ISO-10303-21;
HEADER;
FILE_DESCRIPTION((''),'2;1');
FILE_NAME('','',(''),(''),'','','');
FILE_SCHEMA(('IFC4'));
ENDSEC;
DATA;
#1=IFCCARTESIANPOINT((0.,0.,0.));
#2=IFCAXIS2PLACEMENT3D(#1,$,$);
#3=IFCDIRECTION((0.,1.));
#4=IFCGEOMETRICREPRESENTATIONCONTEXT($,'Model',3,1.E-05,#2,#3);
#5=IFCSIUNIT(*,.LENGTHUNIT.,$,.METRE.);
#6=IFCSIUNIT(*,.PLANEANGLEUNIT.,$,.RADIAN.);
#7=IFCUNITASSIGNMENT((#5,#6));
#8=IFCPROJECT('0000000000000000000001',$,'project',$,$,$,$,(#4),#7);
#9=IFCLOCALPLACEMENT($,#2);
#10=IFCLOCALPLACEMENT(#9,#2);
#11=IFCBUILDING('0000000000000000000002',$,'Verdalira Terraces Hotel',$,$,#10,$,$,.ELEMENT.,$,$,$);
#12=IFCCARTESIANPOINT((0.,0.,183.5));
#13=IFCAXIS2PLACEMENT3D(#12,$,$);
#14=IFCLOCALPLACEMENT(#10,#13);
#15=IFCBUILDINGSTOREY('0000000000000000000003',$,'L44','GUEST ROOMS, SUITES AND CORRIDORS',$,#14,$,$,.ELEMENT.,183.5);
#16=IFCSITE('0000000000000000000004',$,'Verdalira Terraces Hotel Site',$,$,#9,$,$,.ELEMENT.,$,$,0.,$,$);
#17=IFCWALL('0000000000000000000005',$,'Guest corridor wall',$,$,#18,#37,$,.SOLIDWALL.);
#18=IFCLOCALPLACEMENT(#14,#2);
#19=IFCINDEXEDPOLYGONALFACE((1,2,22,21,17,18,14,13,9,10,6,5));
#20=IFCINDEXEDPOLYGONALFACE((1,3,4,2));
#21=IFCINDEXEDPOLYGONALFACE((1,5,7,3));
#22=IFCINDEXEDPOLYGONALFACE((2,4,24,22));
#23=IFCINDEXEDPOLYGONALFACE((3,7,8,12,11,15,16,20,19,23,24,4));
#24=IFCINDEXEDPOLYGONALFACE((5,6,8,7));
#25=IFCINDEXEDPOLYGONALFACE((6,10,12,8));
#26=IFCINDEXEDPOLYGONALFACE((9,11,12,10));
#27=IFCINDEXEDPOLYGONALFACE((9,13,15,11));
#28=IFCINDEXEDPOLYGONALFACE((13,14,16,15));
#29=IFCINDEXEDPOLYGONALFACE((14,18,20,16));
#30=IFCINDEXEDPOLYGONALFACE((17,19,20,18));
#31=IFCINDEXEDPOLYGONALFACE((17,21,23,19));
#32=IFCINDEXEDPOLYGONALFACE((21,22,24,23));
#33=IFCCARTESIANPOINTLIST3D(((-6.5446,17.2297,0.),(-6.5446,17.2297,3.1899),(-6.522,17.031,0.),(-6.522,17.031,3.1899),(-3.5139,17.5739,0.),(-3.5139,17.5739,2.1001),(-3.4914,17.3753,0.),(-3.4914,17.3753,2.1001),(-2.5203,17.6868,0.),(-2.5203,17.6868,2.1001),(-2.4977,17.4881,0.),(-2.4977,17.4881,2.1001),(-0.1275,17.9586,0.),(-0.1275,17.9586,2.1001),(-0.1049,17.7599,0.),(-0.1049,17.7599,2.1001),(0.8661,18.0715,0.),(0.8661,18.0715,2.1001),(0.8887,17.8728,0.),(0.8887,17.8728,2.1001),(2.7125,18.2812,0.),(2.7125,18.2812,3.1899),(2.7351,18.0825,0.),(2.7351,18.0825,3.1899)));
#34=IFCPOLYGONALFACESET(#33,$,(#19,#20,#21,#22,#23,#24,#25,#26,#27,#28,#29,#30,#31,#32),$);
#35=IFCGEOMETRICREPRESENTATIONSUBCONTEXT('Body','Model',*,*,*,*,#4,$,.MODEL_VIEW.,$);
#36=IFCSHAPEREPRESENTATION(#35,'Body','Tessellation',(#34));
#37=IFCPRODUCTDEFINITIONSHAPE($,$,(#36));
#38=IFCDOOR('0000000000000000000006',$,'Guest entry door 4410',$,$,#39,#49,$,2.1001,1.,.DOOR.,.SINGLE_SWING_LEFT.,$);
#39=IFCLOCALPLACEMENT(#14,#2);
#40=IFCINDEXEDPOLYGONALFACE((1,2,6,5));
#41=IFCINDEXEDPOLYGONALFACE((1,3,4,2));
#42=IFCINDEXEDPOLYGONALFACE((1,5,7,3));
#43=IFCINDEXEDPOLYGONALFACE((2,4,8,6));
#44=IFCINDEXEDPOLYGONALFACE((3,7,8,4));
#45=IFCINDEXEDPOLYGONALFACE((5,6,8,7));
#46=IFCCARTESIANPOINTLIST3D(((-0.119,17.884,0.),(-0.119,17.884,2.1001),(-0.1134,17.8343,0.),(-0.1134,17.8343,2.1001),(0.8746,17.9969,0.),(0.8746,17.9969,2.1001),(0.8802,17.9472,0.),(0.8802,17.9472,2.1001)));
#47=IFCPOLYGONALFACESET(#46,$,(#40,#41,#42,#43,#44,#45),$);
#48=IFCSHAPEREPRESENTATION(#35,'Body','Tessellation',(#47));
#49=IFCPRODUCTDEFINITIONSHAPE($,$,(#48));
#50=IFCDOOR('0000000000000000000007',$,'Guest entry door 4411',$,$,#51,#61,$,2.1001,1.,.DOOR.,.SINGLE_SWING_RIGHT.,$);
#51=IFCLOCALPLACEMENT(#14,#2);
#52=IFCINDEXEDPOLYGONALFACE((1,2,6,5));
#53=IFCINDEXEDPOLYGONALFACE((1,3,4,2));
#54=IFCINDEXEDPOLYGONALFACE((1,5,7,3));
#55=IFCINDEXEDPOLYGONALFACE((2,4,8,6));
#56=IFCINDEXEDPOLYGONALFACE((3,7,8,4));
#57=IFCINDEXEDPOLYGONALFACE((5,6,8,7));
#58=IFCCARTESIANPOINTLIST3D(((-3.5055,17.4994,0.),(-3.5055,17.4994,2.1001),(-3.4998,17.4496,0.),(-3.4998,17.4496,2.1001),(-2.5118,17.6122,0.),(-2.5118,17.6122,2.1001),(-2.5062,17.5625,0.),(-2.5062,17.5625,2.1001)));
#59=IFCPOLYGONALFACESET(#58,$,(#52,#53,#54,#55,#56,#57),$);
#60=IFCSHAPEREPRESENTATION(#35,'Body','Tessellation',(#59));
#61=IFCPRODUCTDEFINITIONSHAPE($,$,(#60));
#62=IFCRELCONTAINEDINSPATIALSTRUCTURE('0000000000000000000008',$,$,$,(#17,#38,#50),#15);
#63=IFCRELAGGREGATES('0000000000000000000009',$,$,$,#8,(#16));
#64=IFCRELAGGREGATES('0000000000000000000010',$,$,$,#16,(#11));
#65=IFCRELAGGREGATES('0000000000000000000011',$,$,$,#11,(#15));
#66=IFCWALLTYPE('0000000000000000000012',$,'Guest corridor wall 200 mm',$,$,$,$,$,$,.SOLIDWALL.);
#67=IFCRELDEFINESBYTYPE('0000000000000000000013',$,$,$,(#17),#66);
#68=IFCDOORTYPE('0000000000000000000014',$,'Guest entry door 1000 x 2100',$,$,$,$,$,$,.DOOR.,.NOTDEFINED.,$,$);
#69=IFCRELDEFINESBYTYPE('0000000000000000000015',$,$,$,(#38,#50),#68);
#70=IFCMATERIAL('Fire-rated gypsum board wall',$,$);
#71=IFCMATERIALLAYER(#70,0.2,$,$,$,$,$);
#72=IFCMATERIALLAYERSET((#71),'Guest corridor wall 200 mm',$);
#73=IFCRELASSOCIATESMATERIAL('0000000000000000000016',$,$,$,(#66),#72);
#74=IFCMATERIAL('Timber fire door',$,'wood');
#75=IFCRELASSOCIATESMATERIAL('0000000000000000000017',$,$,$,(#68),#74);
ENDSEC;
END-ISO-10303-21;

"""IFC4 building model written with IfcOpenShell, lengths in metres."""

from ifc_helpers import new_model, si_unit, direction, frame, frame_2d, origin, place, context, subcontext, project, spatial, rectangle, extrude, material, layer, layer_set, type_object, element, fill, save


model = new_model("IFC4")

# Units and contexts
model_context = context("Model", 3, precision=1e-05, world=origin(), true_north=direction((0.0, 1.0)))
body_context = subcontext(model_context, "Body", "Model", "MODEL_VIEW")
ifc_project = project(units=[si_unit("LENGTHUNIT", "METRE"), si_unit("PLANEANGLEUNIT", "RADIAN")], contexts=[model_context])

# Site, building, storey
site_placement = place(None, origin())
site = spatial("IfcSite", under=ifc_project, at=site_placement, Name="Verdalira Terraces Hotel Site", CompositionType="ELEMENT", RefElevation=0.0)
building_placement = place(site_placement, origin())
building = spatial("IfcBuilding", under=site, at=building_placement, Name="Verdalira Terraces Hotel", CompositionType="ELEMENT")
storey_placement = place(building_placement, frame((0.0, 0.0, 183.5)))
storey = spatial("IfcBuildingStorey", under=building, at=storey_placement, Name="L44", Description="GUEST ROOMS, SUITES AND CORRIDORS", CompositionType="ELEMENT", Elevation=183.5)

# Shared definitions
ifc_material_1 = material(Name="Fire-rated gypsum board wall")
ifc_layer_1 = layer(ifc_material_1, 0.2)
ifc_layer_set_1 = layer_set([ifc_layer_1], Name="Guest corridor wall 200 mm")
wall_type_1 = type_object("IfcWallType", Name="Guest corridor wall 200 mm", PredefinedType="SOLIDWALL", material=ifc_layer_set_1)

# Wall, openings, doors
wall_1_placement = place(storey_placement, frame((-6.5332, 17.1304, 0.0), z_axis=(0.0, 0.0, 1.0), x_axis=(0.99361, 0.112864, 0.0)))
wall_1 = element("IfcWall", 1, at=wall_1_placement, inside=storey, type_object=wall_type_1, Name="Guest corridor wall", PredefinedType="SOLIDWALL", context=body_context, shape_type="SweptSolid", body=[
    extrude(rectangle(XDim=9.3166, YDim=0.2, at=frame_2d((4.6582, 0.0))), origin(), (0.0, 0.0, 1.0), 3.1899),
])
opening_1_placement = place(wall_1_placement, frame((6.4583, 0.0, 0.0)))
opening_1 = element("IfcOpeningElement", 2, at=opening_1_placement, cuts=wall_1, PredefinedType="OPENING", context=body_context, shape_type="SweptSolid", body=[
    extrude(rectangle(XDim=1.0, YDim=2.1001, at=frame_2d((0.5, 1.05))), frame((0.0, 0.1099, 0.0), z_axis=(0.0, -1.0, 0.0), x_axis=(1.0, 0.0, 0.0)), (0.0, 0.0, 1.0), 0.22),
])
opening_2_placement = place(wall_1_placement, frame((3.05, 0.0, 0.0)))
opening_2 = element("IfcOpeningElement", 3, at=opening_2_placement, cuts=wall_1, PredefinedType="OPENING", context=body_context, shape_type="SweptSolid", body=[
    extrude(rectangle(XDim=1.0, YDim=2.1001, at=frame_2d((0.5, 1.05))), frame((0.0, 0.1099, 0.0), z_axis=(0.0, -1.0, 0.0), x_axis=(1.0, 0.0, 0.0)), (0.0, 0.0, 1.0), 0.22),
])
ifc_material_2 = material(Name="Timber fire door", Category="wood")
door_type_1 = type_object("IfcDoorType", Name="Guest entry door 1000 x 2100", OperationType="NOTDEFINED", PredefinedType="DOOR", material=ifc_material_2)
door_1_placement = place(opening_1_placement, origin())
door_1 = element("IfcDoor", 4, at=door_1_placement, inside=storey, type_object=door_type_1, Name="Guest entry door 4410", OperationType="SINGLE_SWING_LEFT", OverallHeight=2.1001, OverallWidth=1.0, PredefinedType="DOOR", context=body_context, shape_type="SweptSolid", body=[
    extrude(rectangle(XDim=1.0, YDim=2.1001, at=frame_2d((0.5, 1.05))), frame((0.0, 0.0249, 0.0), z_axis=(0.0, -1.0, 0.0), x_axis=(1.0, 0.0, 0.0)), (0.0, 0.0, 1.0), 0.05),
])
fill(opening_1, door_1)
door_2_placement = place(opening_2_placement, origin())
door_2 = element("IfcDoor", 5, at=door_2_placement, inside=storey, type_object=door_type_1, Name="Guest entry door 4411", OperationType="SINGLE_SWING_RIGHT", OverallHeight=2.1001, OverallWidth=1.0, PredefinedType="DOOR", context=body_context, shape_type="SweptSolid", body=[
    extrude(rectangle(XDim=1.0, YDim=2.1001, at=frame_2d((0.5, 1.05))), frame((0.0, 0.0249, 0.0), z_axis=(0.0, -1.0, 0.0), x_axis=(1.0, 0.0, 0.0)), (0.0, 0.0, 1.0), 0.05),
])
fill(opening_2, door_2)

save(model, "model.ifc")
